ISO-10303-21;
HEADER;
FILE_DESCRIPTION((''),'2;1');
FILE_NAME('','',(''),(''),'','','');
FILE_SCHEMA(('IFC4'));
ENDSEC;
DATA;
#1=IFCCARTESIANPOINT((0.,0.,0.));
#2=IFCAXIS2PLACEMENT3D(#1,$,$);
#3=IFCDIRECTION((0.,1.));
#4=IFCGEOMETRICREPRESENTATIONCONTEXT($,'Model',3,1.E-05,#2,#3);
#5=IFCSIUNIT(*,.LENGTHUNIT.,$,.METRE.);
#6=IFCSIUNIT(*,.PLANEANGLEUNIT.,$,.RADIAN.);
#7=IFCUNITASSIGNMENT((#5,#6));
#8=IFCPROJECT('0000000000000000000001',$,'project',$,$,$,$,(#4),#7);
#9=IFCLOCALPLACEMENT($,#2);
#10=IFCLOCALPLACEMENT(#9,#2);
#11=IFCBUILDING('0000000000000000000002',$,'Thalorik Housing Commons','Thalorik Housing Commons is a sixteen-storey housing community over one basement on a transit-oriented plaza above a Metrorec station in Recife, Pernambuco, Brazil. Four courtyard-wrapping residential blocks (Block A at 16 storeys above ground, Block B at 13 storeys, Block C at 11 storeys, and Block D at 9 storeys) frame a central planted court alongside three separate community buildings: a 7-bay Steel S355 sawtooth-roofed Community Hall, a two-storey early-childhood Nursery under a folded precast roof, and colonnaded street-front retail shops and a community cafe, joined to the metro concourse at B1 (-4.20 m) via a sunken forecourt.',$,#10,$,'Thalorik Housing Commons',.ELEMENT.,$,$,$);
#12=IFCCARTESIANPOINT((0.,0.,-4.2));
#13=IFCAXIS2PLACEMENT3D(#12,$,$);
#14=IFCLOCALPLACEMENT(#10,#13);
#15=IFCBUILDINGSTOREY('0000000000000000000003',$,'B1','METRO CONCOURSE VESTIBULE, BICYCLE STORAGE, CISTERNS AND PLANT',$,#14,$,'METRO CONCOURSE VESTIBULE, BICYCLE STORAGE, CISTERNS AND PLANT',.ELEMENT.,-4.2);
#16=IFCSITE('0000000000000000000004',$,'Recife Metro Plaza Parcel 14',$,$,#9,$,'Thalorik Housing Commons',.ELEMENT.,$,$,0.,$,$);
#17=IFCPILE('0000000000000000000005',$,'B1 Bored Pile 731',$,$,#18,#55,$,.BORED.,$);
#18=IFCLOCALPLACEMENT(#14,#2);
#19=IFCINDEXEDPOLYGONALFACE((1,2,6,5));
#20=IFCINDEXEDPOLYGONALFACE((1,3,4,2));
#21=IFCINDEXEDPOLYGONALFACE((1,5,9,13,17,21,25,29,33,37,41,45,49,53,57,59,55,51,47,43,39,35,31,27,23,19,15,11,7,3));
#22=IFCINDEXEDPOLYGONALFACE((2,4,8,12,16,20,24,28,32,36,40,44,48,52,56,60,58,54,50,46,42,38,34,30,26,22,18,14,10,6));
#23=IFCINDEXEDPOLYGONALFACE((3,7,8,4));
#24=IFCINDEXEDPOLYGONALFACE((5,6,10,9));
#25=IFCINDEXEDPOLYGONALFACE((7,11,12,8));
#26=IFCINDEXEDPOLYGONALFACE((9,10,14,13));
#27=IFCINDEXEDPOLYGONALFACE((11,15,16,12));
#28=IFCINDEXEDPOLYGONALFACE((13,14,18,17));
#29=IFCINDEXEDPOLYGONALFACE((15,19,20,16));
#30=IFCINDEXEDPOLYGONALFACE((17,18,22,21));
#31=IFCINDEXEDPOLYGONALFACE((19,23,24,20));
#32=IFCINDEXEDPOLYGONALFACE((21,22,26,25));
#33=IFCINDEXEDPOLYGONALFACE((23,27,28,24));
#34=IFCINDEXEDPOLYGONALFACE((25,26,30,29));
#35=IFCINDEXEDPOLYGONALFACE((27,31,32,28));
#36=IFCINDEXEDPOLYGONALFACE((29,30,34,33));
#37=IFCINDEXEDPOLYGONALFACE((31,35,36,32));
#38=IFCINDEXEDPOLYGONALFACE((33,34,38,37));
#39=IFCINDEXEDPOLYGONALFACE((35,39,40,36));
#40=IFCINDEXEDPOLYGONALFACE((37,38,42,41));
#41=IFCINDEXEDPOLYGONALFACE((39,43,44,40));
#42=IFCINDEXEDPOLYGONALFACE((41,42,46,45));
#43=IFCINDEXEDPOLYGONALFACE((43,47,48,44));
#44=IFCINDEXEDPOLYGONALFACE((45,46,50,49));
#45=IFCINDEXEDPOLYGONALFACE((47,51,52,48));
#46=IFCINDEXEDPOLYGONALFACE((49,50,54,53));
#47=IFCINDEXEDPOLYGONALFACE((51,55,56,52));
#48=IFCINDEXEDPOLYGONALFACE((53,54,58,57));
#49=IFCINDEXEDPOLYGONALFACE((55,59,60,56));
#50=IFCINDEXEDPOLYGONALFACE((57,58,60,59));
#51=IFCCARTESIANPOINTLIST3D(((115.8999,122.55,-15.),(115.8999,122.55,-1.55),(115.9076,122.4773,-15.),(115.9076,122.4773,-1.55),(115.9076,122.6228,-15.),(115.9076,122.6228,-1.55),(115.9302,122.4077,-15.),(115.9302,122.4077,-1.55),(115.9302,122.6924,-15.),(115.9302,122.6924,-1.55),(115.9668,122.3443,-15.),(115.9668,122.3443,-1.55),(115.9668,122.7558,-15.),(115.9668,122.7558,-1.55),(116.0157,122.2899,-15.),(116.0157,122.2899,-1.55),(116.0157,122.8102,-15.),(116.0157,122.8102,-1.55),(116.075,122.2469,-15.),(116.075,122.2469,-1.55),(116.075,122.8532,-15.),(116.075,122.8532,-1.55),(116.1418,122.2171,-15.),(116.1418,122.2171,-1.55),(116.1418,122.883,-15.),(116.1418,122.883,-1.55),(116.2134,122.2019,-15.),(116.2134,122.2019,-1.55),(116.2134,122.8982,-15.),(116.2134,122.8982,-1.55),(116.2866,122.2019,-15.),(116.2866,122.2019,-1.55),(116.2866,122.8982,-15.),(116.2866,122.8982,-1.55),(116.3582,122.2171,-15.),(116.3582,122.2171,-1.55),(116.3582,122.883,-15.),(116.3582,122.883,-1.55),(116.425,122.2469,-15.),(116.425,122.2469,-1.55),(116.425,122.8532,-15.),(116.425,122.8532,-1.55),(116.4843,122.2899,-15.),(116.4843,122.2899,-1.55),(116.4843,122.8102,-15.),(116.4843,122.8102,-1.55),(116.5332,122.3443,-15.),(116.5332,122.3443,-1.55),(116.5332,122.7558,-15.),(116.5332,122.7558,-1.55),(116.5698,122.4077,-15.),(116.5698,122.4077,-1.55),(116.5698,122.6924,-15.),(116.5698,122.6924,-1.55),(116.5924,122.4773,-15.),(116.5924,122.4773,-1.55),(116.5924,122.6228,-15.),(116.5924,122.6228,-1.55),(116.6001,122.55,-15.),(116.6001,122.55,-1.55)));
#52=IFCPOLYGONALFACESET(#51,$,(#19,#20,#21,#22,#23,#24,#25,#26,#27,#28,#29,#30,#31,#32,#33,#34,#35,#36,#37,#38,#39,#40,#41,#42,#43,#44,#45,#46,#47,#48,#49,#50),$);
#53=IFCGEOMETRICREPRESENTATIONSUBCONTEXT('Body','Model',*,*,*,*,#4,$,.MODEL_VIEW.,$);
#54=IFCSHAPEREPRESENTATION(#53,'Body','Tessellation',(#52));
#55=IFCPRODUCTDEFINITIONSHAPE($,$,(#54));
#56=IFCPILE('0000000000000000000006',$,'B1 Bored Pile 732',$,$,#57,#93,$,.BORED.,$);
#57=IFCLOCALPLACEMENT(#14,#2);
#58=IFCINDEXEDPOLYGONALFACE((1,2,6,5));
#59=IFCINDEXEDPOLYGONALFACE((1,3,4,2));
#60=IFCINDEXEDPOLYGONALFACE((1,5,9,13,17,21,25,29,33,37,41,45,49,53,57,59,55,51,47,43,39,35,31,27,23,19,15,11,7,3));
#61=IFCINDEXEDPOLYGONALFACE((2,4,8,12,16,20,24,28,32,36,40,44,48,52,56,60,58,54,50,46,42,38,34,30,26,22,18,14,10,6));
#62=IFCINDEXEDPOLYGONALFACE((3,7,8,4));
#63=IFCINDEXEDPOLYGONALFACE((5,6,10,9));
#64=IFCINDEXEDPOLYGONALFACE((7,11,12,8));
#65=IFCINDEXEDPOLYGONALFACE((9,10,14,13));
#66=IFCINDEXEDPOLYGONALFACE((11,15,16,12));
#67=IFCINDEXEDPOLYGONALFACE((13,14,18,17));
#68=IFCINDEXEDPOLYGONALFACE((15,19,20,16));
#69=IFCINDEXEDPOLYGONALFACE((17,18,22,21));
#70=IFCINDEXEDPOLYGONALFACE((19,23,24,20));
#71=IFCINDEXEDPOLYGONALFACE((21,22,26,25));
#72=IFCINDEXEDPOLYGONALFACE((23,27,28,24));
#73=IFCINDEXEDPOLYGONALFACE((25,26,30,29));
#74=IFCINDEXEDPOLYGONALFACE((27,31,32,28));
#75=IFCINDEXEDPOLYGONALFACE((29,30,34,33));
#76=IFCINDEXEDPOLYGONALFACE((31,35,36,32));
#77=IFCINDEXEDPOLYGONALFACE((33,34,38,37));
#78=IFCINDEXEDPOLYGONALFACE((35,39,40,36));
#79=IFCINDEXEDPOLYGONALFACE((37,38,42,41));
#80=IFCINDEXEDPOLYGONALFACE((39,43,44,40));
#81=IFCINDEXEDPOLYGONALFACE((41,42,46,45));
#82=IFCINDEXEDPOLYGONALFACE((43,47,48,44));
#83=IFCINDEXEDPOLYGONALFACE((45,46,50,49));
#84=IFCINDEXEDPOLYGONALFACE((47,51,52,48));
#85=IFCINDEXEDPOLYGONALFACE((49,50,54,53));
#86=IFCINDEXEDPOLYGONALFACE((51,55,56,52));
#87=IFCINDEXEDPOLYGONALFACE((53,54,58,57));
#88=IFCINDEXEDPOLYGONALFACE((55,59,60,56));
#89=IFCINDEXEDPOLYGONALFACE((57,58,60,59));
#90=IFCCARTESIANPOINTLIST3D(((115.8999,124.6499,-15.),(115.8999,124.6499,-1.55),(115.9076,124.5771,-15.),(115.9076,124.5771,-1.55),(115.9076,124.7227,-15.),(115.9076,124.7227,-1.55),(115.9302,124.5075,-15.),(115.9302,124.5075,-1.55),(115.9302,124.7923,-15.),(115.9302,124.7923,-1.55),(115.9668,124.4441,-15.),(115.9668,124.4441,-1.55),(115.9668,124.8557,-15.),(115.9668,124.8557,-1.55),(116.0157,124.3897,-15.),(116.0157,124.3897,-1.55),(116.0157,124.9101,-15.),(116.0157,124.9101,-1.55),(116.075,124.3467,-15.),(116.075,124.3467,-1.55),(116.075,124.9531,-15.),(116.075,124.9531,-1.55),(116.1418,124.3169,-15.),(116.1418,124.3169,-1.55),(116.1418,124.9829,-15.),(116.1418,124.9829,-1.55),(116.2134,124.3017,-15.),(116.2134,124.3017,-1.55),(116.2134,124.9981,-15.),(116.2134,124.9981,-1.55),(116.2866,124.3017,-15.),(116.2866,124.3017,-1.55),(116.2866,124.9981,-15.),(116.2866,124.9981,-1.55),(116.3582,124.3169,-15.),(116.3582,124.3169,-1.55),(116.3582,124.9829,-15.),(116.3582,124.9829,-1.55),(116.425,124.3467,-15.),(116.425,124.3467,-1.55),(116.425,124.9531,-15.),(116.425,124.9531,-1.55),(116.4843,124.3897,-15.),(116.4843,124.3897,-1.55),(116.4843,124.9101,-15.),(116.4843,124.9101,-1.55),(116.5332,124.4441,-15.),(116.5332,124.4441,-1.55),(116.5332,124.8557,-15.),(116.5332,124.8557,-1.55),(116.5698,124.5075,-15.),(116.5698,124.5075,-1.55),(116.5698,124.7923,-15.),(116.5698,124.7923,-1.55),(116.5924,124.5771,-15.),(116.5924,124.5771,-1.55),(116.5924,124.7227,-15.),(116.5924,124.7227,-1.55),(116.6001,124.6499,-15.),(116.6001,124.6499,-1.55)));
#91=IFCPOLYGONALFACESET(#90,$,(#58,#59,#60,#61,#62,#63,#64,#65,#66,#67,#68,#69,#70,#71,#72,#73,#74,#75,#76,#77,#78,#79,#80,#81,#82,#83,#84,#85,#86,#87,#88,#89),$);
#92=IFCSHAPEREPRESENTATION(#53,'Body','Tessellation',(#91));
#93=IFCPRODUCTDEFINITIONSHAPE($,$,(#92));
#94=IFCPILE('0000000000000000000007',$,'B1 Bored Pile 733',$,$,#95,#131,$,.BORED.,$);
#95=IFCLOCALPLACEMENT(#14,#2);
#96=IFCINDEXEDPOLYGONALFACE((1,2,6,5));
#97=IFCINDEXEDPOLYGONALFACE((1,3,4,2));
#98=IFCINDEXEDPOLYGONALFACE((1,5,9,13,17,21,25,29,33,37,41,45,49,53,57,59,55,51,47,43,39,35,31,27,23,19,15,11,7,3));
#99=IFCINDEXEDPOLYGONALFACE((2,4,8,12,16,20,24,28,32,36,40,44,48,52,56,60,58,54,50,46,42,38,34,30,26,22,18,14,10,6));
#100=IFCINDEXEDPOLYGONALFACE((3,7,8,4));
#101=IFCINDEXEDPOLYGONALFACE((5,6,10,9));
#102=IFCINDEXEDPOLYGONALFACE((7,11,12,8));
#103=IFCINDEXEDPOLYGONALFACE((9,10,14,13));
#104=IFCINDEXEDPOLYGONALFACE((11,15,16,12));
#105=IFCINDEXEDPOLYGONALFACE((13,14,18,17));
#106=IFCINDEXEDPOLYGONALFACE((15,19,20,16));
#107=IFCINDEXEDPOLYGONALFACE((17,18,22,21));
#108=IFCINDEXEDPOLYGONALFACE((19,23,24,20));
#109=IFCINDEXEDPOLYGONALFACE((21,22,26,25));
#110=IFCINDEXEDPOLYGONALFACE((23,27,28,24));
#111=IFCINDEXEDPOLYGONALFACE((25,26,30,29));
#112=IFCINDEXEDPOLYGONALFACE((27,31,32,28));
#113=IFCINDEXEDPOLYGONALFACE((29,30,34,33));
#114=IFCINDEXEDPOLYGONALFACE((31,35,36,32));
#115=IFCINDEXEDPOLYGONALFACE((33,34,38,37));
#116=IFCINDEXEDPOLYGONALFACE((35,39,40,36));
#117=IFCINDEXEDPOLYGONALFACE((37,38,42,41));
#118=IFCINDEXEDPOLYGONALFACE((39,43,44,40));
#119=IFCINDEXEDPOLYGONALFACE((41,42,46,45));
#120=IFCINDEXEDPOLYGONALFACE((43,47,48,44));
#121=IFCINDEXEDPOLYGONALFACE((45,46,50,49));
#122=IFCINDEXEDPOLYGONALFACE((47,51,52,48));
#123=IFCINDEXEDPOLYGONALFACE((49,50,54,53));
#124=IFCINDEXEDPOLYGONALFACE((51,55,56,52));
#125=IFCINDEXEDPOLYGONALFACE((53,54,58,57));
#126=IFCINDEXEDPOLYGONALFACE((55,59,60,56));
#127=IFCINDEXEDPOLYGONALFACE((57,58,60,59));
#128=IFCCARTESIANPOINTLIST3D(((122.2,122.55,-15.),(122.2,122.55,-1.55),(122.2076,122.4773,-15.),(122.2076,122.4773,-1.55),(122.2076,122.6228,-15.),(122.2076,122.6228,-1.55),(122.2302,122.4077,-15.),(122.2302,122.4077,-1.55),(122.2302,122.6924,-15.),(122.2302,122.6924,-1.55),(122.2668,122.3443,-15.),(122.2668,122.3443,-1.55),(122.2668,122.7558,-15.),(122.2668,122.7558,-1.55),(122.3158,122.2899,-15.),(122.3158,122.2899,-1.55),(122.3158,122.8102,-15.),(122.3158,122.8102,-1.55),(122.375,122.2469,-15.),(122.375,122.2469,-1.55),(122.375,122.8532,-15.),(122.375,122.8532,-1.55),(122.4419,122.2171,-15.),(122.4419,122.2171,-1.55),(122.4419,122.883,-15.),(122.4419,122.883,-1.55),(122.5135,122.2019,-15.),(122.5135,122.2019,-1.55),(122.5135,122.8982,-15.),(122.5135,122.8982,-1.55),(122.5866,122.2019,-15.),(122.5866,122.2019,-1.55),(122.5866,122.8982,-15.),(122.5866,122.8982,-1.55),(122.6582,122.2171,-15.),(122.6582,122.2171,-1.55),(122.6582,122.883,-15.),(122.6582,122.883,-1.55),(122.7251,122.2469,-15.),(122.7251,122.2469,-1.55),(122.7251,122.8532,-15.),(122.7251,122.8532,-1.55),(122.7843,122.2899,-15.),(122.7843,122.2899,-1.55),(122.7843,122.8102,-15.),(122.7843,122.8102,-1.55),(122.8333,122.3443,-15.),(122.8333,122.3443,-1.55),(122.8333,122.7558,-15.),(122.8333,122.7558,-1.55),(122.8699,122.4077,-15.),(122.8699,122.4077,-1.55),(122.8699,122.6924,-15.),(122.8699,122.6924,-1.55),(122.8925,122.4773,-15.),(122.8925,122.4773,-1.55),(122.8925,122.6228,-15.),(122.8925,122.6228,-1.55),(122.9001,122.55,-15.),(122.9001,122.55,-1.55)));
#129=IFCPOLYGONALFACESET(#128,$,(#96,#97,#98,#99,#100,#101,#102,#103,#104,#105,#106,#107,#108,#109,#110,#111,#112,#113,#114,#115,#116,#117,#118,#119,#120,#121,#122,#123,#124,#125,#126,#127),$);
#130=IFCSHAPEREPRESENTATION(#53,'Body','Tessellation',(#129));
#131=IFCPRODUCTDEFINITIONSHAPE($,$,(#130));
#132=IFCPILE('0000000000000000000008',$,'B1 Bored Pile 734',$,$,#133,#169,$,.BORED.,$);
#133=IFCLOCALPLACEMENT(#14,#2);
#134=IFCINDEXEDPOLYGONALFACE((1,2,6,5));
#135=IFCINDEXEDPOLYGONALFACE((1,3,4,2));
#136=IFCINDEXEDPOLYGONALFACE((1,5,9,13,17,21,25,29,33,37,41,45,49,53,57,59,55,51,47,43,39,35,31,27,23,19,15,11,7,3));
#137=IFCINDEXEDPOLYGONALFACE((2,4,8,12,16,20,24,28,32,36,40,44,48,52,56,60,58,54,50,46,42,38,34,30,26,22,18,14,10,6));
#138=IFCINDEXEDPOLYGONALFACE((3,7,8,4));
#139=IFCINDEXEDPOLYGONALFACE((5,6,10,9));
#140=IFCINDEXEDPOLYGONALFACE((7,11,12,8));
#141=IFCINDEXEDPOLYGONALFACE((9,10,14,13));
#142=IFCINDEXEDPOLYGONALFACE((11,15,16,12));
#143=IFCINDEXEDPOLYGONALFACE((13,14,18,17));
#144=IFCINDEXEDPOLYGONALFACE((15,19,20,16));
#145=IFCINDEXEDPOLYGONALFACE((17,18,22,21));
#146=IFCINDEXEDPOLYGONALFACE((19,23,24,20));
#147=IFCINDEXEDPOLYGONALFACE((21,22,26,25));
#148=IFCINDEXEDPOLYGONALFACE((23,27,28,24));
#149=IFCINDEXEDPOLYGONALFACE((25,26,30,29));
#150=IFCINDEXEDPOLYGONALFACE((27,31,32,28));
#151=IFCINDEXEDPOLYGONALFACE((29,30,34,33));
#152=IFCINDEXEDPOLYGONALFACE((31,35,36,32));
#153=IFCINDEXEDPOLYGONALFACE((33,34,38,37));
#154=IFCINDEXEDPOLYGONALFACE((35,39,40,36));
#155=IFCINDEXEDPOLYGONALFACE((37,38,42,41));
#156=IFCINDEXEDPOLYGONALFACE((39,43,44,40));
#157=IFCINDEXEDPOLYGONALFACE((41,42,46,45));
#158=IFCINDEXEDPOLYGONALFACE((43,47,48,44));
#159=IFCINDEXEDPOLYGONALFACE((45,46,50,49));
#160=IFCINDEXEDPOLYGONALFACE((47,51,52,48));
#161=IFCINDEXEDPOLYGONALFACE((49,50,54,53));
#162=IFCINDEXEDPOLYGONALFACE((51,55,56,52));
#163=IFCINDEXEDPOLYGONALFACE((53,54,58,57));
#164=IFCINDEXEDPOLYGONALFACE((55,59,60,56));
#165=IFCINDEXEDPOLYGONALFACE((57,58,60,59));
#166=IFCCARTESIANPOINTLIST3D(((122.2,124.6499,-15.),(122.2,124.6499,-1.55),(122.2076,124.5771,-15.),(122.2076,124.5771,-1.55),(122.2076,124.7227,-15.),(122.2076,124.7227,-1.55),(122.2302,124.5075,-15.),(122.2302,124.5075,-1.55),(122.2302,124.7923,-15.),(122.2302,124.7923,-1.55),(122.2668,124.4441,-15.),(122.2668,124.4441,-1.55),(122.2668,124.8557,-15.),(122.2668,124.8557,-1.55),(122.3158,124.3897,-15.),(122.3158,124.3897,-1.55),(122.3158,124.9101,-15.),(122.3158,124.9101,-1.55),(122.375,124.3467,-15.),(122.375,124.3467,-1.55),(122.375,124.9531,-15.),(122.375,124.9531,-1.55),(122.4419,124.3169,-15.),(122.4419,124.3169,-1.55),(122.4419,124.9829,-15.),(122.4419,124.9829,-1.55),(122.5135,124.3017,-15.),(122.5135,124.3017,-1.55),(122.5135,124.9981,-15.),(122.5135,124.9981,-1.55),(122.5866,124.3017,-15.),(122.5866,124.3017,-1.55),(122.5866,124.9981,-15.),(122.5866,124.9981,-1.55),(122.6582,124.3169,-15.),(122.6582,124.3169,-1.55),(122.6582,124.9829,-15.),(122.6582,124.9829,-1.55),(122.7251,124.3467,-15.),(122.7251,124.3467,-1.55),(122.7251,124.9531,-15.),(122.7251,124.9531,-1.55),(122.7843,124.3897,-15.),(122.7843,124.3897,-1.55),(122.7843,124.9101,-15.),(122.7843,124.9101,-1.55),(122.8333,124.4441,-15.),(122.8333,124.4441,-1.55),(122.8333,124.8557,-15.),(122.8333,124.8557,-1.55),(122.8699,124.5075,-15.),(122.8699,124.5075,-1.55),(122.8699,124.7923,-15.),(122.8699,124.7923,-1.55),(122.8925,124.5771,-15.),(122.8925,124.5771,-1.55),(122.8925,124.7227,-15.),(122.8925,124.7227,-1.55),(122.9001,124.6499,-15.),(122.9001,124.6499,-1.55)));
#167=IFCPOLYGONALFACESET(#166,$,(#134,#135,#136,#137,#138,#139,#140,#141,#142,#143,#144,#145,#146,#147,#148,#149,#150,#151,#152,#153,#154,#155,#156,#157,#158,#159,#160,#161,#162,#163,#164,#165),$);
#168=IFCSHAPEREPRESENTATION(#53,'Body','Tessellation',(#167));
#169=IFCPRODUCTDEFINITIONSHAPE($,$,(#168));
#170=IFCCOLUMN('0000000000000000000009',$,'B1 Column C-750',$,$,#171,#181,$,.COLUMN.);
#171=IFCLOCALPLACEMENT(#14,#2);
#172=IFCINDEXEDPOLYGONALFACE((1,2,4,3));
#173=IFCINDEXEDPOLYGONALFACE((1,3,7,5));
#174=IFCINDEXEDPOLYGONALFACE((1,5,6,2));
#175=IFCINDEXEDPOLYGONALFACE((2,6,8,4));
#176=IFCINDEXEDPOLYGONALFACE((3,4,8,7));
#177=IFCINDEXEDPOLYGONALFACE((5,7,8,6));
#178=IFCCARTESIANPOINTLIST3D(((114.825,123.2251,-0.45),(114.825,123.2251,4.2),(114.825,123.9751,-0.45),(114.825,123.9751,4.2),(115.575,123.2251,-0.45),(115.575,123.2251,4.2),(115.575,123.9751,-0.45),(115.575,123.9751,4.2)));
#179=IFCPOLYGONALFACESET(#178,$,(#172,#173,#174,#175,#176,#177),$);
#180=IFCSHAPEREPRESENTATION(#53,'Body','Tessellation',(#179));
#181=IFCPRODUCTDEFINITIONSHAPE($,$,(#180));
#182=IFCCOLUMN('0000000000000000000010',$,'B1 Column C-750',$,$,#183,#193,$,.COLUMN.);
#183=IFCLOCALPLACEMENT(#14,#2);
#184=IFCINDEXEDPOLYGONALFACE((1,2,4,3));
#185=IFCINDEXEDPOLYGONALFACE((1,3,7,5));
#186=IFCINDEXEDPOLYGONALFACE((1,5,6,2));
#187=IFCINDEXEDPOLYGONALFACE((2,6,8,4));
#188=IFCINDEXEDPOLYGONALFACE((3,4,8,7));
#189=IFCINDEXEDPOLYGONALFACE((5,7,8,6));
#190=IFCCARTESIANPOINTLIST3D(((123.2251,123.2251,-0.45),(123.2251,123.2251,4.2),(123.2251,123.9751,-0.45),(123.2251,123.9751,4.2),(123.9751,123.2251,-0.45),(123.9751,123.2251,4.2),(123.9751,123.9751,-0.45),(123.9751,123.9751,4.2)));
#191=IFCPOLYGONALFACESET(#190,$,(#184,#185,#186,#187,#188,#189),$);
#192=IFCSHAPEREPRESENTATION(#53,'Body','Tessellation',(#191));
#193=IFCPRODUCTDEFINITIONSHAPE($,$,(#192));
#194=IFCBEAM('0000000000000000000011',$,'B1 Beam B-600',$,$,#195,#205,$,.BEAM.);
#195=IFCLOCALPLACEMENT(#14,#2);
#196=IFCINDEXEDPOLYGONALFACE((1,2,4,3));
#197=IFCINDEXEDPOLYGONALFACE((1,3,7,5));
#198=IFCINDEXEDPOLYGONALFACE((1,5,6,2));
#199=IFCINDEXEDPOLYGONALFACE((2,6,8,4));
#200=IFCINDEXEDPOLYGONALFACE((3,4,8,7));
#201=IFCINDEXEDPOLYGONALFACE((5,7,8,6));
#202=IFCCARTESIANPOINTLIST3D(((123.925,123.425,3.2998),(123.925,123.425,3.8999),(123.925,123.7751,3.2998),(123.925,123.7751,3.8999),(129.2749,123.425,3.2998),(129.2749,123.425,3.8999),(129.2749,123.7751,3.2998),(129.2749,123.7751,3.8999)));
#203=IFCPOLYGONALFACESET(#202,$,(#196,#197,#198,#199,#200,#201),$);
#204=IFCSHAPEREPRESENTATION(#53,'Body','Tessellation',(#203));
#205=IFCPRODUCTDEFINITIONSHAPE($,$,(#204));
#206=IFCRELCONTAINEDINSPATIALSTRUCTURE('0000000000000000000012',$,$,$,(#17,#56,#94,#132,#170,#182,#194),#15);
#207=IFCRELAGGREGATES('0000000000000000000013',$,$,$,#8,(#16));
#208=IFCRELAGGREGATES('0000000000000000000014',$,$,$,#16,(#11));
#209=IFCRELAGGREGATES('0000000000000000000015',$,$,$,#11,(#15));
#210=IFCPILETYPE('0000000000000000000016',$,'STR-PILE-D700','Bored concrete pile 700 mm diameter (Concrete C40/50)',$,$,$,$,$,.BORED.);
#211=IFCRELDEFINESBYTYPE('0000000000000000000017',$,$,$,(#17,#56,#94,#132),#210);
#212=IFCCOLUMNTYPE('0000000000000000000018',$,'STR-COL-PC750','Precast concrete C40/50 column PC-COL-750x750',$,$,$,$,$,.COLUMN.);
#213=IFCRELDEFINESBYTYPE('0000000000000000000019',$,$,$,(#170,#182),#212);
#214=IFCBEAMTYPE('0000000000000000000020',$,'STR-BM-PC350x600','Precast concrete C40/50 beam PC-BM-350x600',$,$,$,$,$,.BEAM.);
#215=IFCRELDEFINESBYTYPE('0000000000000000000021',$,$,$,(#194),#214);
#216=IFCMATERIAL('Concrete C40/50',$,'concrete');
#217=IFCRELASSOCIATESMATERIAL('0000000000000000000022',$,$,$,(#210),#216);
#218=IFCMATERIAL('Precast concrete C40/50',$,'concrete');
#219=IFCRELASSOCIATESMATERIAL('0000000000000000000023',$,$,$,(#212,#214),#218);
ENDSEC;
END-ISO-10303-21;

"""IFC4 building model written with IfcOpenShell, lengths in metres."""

from ifc_helpers import new_model, si_unit, direction, frame, origin, origin_2d, place, context, subcontext, project, spatial, rectangle, circle, extrude, material, material_profile, profile_set, type_object, element, save


model = new_model("IFC4")

# Units and contexts
model_context = context("Model", 3, precision=1e-05, world=origin(), true_north=direction((0.0, 1.0)))
body_context = subcontext(model_context, "Body", "Model", "MODEL_VIEW")
ifc_project = project(units=[si_unit("LENGTHUNIT", "METRE"), si_unit("PLANEANGLEUNIT", "RADIAN")], contexts=[model_context])

# Site, building, storey
site_placement = place(None, origin())
site = spatial("IfcSite", under=ifc_project, at=site_placement, Name="Recife Metro Plaza Parcel 14", LongName="Thalorik Housing Commons", CompositionType="ELEMENT", RefElevation=0.0)
building_placement = place(site_placement, origin())
building = spatial("IfcBuilding", under=site, at=building_placement, Name="Thalorik Housing Commons", Description="Thalorik Housing Commons is a sixteen-storey housing community over one basement on a transit-oriented plaza above a Metrorec station in Recife, Pernambuco, Brazil. Four courtyard-wrapping residential blocks (Block A at 16 storeys above ground, Block B at 13 storeys, Block C at 11 storeys, and Block D at 9 storeys) frame a central planted court alongside three separate community buildings: a 7-bay Steel S355 sawtooth-roofed Community Hall, a two-storey early-childhood Nursery under a folded precast roof, and colonnaded street-front retail shops and a community cafe, joined to the metro concourse at B1 (-4.20 m) via a sunken forecourt.", LongName="Thalorik Housing Commons", CompositionType="ELEMENT")
storey_placement = place(building_placement, frame((0.0, 0.0, -4.2)))
storey = spatial("IfcBuildingStorey", under=building, at=storey_placement, Name="B1", Description="METRO CONCOURSE VESTIBULE, BICYCLE STORAGE, CISTERNS AND PLANT", LongName="METRO CONCOURSE VESTIBULE, BICYCLE STORAGE, CISTERNS AND PLANT", CompositionType="ELEMENT", Elevation=-4.2)

# Shared definitions
ifc_material_1 = material(Name="Concrete C40/50", Category="concrete")

# Piles
ifc_material_profile_1 = material_profile(ifc_material_1, circle(Radius=0.3501, at=origin_2d()), Name="BORED PILE D700", Category="concrete")
ifc_profile_set_1 = profile_set([ifc_material_profile_1], Name="Concrete C40/50")
pile_type = type_object("IfcPileType", Name="STR-PILE-D700", Description="Bored concrete pile 700 mm diameter (Concrete C40/50)", PredefinedType="BORED", material=ifc_profile_set_1)
for number, where, z_axis, x_axis, name in (
    (1, (116.25, 122.55, -1.55), (0.0, 0.0, -1.0), (1.0, 0.0, 0.0), "B1 Bored Pile 731"),
    (2, (116.25, 124.6499, -1.55), (0.0, 0.0, -1.0), (1.0, 0.0, 0.0), "B1 Bored Pile 732"),
    (3, (122.55, 122.55, -1.55), (0.0, 0.0, -1.0), (1.0, 0.0, 0.0), "B1 Bored Pile 733"),
    (4, (122.55, 124.6499, -1.55), (0.0, 0.0, -1.0), (1.0, 0.0, 0.0), "B1 Bored Pile 734"),
):
    element("IfcPile", number, at=place(storey_placement, frame(where, z_axis=z_axis, x_axis=x_axis)), inside=storey, type_object=pile_type, Name=name, PredefinedType="BORED", context=body_context, shape_type="SweptSolid", body=[
        extrude(circle(Radius=0.3501, at=origin_2d()), origin(), (0.0, 0.0, 1.0), 13.45),
    ])

# Columns
ifc_material_2 = material(Name="Precast concrete C40/50", Category="concrete")
ifc_material_profile_2 = material_profile(ifc_material_2, rectangle(XDim=0.75, YDim=0.75, at=origin_2d()), Name="PC 750x750", Category="concrete")
ifc_profile_set_2 = profile_set([ifc_material_profile_2], Name="Precast concrete C40/50")
column_type = type_object("IfcColumnType", Name="STR-COL-PC750", Description="Precast concrete C40/50 column PC-COL-750x750", PredefinedType="COLUMN", material=ifc_profile_set_2)
for number, where, z_axis, x_axis, name in (
    (5, (115.2, 123.6001, -0.45), (0.0, 0.0, 1.0), (1.0, 0.0, 0.0), "B1 Column C-750"),
    (6, (123.6001, 123.6001, -0.45), (0.0, 0.0, 1.0), (1.0, 0.0, 0.0), "B1 Column C-750"),
):
    element("IfcColumn", number, at=place(storey_placement, frame(where, z_axis=z_axis, x_axis=x_axis)), inside=storey, type_object=column_type, Name=name, PredefinedType="COLUMN", context=body_context, shape_type="SweptSolid", body=[
        extrude(rectangle(XDim=0.75, YDim=0.75, at=origin_2d()), origin(), (0.0, 0.0, 1.0), 4.6499),
    ])

# Beam
ifc_material_profile_3 = material_profile(ifc_material_2, rectangle(XDim=0.3501, YDim=0.6001, at=origin_2d()), Name="PC 350x600", Category="concrete")
ifc_profile_set_3 = profile_set([ifc_material_profile_3], Name="Precast concrete C40/50")
beam_type_1 = type_object("IfcBeamType", Name="STR-BM-PC350x600", Description="Precast concrete C40/50 beam PC-BM-350x600", PredefinedType="BEAM", material=ifc_profile_set_3)
beam_placement = place(storey_placement, frame((123.925, 123.6001, 3.5999), z_axis=(1.0, 0.0, 0.0), x_axis=(0.0, 1.0, 0.0)))
element("IfcBeam", 7, at=beam_placement, inside=storey, type_object=beam_type_1, Name="B1 Beam B-600", PredefinedType="BEAM", context=body_context, shape_type="SweptSolid", body=[
    extrude(rectangle(XDim=0.3501, YDim=0.6001, at=origin_2d()), origin(), (0.0, 0.0, 1.0), 5.3499),
])

save(model, "model.ifc")
